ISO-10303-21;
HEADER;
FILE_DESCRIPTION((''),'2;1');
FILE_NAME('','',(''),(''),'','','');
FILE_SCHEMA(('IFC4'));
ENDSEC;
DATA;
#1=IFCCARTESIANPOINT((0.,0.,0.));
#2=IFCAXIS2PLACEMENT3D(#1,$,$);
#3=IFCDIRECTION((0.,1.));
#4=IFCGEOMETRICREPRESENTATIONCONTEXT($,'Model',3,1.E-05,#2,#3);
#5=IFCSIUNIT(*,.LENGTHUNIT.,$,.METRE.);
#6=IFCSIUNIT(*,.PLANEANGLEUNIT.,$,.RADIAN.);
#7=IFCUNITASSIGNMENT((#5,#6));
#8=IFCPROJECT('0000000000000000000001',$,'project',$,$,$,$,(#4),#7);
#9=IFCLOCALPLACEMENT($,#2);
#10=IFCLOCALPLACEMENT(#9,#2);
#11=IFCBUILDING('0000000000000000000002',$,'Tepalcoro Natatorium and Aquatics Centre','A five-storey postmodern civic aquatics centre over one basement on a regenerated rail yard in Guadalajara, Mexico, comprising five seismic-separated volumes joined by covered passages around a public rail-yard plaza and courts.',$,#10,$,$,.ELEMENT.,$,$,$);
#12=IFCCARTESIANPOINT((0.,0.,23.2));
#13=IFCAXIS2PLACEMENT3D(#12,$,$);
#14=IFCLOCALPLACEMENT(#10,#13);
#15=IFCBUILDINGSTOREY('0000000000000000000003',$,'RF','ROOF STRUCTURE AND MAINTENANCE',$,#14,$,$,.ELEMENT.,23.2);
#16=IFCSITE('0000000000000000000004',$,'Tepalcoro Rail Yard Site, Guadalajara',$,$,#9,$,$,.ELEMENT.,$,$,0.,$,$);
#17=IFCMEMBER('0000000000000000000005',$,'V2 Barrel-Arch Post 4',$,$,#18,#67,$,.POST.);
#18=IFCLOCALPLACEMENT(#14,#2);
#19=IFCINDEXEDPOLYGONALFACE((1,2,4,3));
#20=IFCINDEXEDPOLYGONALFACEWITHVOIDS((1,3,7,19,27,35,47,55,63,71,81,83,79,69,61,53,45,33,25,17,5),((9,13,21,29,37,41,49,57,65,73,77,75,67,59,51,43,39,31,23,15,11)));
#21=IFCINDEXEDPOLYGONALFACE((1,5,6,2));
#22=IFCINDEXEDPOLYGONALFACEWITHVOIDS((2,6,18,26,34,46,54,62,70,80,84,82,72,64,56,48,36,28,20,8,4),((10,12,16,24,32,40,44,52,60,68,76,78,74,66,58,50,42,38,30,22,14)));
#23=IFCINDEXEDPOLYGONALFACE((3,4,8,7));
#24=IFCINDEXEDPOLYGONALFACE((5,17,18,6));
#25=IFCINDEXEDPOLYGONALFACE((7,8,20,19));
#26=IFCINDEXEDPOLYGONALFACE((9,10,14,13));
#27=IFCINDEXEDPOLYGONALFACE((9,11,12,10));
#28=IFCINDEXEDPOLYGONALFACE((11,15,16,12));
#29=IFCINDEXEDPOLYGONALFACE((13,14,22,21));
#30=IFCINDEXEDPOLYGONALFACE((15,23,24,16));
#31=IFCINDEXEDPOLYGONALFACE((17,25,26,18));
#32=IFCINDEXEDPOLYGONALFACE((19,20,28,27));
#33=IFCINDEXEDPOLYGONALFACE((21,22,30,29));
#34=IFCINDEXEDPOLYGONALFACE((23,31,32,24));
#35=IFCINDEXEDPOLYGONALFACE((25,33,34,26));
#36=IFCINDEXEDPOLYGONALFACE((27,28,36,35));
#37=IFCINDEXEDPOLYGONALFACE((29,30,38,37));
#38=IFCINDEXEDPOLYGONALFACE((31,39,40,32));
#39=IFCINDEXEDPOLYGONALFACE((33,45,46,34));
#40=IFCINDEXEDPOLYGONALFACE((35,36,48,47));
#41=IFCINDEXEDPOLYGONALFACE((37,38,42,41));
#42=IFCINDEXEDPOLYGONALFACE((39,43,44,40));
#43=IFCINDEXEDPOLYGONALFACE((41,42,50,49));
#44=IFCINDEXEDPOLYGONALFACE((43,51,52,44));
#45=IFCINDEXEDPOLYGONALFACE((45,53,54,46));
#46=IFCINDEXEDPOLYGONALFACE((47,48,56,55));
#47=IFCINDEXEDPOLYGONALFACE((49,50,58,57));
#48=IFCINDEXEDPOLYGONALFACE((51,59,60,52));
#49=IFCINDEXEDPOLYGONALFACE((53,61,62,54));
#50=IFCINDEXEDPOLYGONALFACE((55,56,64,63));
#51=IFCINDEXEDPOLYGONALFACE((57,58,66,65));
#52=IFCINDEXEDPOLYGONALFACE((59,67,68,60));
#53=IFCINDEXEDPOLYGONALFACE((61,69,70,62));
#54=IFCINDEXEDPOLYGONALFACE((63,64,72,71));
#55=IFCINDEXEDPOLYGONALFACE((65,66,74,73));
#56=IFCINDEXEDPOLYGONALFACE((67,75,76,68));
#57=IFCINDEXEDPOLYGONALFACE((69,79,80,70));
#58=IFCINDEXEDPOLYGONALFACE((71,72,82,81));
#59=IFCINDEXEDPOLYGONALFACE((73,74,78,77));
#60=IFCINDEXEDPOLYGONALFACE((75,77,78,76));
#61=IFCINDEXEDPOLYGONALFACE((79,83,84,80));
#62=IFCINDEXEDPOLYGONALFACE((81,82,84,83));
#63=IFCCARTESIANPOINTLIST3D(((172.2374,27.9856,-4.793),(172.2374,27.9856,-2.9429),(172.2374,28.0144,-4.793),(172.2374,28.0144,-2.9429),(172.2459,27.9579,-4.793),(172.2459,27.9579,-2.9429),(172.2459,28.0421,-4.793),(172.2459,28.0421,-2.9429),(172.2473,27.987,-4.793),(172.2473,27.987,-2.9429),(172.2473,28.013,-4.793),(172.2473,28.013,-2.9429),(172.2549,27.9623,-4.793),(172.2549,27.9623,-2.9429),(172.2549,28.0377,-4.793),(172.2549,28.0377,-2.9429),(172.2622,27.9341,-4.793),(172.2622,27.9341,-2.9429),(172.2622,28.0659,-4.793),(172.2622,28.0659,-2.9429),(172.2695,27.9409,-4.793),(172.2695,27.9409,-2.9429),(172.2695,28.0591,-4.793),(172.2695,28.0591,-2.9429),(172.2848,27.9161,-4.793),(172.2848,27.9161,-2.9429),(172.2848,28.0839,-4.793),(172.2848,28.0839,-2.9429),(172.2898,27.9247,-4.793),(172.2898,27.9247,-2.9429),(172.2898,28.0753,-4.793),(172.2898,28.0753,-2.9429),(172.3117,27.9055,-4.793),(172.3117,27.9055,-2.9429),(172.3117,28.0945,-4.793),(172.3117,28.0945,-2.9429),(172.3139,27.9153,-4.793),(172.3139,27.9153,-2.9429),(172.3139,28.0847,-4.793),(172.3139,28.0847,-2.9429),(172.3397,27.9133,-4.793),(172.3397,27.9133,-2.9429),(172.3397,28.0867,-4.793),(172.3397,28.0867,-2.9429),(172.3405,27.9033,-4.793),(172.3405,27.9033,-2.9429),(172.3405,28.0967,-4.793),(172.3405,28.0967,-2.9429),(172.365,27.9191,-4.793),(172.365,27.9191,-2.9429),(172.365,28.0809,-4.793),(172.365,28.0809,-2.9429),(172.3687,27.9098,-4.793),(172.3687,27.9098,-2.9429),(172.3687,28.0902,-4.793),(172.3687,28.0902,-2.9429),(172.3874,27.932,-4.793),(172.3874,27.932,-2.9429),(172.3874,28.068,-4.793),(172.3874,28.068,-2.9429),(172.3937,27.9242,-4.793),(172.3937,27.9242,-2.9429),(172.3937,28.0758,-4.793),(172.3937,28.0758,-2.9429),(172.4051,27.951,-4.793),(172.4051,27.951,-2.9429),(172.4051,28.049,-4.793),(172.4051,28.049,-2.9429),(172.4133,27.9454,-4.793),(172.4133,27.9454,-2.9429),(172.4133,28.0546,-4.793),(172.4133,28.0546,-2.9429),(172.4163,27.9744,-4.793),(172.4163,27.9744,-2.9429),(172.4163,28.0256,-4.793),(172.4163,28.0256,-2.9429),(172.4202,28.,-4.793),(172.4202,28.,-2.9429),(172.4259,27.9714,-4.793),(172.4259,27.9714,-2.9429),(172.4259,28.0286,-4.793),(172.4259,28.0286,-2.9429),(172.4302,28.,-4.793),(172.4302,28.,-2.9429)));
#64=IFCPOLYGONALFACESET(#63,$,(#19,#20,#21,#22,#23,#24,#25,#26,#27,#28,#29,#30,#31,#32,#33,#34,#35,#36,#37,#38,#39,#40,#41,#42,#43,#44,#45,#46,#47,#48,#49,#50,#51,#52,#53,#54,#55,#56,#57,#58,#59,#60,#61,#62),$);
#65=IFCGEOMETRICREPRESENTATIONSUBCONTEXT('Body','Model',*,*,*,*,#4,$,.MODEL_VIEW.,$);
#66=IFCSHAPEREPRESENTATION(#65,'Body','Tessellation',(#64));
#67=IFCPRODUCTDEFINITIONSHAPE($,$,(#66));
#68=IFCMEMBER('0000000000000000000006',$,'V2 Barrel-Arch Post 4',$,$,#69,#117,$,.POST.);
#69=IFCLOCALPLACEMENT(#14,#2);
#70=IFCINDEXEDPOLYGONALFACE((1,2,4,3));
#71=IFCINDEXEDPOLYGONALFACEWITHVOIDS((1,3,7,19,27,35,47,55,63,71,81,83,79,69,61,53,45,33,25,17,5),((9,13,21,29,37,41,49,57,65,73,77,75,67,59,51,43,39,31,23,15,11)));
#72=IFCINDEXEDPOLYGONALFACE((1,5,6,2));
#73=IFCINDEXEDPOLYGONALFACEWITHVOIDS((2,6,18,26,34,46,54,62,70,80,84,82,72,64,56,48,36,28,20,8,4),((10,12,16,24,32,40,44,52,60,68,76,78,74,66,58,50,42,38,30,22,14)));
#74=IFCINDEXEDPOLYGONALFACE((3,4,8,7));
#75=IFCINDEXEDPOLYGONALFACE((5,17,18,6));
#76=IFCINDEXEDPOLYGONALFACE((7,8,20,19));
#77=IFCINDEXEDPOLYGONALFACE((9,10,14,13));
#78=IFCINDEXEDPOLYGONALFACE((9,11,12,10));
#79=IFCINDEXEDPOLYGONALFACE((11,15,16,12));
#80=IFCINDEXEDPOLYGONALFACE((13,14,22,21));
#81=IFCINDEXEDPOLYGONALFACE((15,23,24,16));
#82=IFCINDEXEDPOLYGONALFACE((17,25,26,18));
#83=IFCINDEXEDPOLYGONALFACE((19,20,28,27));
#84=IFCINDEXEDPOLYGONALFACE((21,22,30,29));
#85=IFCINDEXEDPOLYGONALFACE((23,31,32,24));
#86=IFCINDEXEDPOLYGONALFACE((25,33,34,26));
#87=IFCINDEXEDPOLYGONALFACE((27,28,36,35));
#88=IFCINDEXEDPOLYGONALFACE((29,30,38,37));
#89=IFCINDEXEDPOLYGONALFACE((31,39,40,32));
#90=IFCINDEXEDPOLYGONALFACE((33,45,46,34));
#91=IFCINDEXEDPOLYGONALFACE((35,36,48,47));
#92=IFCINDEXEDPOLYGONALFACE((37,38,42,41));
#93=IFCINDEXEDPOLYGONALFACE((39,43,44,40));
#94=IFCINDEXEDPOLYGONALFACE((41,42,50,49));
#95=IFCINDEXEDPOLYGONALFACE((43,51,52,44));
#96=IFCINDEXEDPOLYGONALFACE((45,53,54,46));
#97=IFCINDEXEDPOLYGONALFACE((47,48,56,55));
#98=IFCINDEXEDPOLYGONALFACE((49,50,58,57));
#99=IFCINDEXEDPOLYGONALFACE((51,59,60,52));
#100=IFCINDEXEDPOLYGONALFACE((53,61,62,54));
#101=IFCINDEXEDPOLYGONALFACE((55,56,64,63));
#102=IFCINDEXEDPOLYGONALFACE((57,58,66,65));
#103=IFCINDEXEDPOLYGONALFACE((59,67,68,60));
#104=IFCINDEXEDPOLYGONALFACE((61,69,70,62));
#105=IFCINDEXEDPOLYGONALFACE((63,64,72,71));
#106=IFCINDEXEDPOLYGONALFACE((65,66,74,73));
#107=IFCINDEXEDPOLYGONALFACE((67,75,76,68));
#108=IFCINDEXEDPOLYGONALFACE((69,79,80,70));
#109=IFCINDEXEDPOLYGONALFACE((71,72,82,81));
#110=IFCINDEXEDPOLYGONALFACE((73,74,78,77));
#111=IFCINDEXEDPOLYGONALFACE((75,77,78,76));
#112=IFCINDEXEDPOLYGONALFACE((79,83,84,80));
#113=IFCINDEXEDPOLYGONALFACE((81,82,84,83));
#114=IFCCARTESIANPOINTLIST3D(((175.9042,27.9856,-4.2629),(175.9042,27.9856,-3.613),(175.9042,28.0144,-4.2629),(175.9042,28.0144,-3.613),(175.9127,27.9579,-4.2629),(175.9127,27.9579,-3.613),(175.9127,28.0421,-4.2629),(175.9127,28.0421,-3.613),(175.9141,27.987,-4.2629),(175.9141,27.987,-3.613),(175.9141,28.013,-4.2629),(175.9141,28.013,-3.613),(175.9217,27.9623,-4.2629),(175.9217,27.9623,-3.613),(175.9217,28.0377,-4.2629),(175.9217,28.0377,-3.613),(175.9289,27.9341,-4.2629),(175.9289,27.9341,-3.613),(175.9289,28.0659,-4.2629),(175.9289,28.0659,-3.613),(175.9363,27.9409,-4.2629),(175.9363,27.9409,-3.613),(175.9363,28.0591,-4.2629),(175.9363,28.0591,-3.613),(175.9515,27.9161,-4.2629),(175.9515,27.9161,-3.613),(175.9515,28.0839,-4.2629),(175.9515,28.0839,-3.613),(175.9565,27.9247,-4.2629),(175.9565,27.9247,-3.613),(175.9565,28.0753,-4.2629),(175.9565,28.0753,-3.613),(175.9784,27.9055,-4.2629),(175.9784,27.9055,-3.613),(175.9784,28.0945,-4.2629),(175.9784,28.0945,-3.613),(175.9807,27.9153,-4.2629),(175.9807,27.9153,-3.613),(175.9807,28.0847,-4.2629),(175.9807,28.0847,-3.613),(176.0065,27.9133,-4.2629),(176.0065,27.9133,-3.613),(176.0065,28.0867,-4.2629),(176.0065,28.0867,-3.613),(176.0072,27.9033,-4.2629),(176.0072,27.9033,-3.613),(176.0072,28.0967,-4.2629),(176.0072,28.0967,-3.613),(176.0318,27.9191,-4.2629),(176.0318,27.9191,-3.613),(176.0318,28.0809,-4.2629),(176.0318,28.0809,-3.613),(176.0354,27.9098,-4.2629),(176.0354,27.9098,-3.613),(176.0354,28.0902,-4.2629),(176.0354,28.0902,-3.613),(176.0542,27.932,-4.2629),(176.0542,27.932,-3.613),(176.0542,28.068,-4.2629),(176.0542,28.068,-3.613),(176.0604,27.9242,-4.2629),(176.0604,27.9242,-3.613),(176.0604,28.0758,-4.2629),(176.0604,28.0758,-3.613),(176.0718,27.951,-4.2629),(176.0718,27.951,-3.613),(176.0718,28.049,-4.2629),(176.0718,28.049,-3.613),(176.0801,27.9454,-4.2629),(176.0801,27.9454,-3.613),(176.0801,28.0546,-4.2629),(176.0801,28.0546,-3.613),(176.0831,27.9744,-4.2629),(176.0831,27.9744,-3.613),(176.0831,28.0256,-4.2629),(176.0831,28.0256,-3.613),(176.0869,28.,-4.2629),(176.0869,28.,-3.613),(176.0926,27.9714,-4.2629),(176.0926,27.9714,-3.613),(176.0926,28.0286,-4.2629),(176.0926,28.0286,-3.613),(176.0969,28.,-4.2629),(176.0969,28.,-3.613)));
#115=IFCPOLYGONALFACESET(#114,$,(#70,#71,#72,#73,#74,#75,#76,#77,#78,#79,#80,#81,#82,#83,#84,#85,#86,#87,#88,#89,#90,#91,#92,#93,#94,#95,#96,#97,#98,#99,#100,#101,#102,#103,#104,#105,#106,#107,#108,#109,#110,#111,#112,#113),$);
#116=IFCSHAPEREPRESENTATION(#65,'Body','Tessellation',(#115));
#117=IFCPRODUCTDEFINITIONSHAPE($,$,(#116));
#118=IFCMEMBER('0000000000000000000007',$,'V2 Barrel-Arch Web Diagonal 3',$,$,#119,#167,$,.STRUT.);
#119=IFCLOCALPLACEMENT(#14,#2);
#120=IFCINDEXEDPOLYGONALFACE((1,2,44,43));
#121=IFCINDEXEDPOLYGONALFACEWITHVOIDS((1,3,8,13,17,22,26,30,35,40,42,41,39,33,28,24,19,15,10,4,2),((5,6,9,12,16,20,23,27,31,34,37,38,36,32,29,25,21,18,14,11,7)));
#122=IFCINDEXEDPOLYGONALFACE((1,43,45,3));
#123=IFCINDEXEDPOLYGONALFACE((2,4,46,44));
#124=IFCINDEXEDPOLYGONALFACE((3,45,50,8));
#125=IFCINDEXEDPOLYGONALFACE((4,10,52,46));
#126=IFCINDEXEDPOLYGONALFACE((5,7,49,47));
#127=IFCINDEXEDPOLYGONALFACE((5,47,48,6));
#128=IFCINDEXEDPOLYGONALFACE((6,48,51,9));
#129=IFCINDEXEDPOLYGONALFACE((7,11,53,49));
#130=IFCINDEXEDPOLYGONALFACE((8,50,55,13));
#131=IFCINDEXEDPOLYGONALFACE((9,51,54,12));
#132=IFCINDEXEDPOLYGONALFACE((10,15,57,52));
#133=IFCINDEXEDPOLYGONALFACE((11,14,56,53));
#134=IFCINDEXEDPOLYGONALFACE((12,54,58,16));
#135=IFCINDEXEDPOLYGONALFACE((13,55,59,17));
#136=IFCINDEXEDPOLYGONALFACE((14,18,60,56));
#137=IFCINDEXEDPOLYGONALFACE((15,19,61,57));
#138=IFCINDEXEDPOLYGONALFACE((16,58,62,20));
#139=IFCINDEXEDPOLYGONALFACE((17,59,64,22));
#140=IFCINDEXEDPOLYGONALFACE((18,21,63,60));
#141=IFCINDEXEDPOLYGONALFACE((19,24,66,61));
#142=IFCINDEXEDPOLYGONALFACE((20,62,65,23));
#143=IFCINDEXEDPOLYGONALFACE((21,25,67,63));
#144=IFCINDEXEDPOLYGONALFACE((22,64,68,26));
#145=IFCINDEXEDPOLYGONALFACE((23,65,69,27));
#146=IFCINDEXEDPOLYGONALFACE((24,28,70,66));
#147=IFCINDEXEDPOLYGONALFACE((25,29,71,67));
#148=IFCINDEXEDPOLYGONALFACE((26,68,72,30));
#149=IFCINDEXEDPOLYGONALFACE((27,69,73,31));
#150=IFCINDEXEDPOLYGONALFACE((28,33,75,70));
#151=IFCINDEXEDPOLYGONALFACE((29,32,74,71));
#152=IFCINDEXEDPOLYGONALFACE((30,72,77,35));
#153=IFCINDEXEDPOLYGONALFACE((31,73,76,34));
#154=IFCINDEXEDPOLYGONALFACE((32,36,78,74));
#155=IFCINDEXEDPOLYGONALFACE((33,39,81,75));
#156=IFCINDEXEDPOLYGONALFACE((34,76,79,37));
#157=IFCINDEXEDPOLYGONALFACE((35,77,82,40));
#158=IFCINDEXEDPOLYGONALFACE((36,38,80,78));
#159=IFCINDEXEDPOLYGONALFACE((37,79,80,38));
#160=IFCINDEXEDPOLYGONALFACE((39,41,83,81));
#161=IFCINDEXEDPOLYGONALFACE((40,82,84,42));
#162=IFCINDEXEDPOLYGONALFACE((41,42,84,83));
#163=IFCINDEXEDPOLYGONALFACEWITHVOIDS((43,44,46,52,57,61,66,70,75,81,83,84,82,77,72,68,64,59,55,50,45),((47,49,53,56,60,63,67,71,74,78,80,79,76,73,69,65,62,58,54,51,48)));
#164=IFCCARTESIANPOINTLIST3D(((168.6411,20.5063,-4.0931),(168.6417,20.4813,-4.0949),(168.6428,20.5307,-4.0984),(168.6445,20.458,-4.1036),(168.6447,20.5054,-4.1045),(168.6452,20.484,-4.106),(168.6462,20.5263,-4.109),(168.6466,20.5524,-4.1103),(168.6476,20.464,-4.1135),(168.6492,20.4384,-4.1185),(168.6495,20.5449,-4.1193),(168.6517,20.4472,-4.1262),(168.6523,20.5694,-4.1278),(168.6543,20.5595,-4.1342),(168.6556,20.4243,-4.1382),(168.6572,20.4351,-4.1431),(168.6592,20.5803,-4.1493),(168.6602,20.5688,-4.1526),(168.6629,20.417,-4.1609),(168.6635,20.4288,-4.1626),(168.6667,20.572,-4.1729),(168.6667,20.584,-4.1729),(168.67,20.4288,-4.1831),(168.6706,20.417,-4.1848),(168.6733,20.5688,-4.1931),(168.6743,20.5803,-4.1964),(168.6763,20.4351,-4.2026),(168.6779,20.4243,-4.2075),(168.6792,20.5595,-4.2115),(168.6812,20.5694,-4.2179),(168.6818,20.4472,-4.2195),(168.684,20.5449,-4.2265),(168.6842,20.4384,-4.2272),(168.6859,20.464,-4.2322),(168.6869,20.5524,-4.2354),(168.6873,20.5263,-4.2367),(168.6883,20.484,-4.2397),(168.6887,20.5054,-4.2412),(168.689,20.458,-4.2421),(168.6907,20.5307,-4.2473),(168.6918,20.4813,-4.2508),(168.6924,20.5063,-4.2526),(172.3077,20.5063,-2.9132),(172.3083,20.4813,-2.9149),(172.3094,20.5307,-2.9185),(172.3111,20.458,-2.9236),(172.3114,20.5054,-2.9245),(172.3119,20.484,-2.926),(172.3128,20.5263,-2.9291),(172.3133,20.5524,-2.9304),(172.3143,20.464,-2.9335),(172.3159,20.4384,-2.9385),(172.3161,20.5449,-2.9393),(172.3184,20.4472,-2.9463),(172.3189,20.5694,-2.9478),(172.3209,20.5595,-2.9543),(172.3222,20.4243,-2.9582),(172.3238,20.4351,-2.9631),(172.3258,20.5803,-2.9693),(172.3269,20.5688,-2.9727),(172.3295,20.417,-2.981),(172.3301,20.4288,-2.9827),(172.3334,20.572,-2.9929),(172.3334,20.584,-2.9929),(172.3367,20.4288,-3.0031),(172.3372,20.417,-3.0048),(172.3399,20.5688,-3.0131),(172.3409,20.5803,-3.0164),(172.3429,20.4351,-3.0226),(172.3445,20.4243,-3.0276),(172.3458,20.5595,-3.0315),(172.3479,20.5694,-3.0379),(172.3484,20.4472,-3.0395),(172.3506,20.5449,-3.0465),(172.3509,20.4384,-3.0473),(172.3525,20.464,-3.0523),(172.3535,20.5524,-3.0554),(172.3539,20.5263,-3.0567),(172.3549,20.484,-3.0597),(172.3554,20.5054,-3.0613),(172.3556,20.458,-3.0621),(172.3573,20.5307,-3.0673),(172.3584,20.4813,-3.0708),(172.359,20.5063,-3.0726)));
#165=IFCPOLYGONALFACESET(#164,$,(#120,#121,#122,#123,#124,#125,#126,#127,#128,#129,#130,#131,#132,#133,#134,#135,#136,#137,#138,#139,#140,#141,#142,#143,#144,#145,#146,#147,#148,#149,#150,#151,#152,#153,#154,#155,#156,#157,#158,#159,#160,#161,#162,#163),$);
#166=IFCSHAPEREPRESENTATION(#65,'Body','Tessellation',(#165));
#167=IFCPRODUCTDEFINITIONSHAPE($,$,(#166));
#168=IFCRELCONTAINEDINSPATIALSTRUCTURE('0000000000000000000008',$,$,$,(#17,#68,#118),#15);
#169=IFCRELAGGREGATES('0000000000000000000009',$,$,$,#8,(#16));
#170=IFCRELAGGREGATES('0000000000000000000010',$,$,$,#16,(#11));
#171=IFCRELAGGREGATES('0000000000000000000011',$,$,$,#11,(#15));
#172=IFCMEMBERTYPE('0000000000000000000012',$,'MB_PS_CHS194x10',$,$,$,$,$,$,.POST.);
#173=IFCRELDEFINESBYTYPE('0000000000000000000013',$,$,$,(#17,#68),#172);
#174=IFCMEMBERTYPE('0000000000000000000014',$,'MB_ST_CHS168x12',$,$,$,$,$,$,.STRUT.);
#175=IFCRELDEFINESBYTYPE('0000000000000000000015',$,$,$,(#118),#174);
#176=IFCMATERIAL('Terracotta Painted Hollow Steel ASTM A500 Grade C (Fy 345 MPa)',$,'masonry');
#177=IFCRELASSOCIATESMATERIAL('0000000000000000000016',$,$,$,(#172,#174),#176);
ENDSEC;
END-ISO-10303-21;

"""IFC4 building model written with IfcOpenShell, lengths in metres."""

from ifc_helpers import new_model, si_unit, direction, frame, origin, origin_2d, place, context, subcontext, project, spatial, hollow_circle, extrude, material, material_profile, profile_set, type_object, element, save


model = new_model("IFC4")

# Units and contexts
model_context = context("Model", 3, precision=1e-05, world=origin(), true_north=direction((0.0, 1.0)))
body_context = subcontext(model_context, "Body", "Model", "MODEL_VIEW")
ifc_project = project(units=[si_unit("LENGTHUNIT", "METRE"), si_unit("PLANEANGLEUNIT", "RADIAN")], contexts=[model_context])

# Site, building, storey
site_placement = place(None, origin())
site = spatial("IfcSite", under=ifc_project, at=site_placement, Name="Tepalcoro Rail Yard Site, Guadalajara", CompositionType="ELEMENT", RefElevation=0.0)
building_placement = place(site_placement, origin())
building = spatial("IfcBuilding", under=site, at=building_placement, Name="Tepalcoro Natatorium and Aquatics Centre", Description="A five-storey postmodern civic aquatics centre over one basement on a regenerated rail yard in Guadalajara, Mexico, comprising five seismic-separated volumes joined by covered passages around a public rail-yard plaza and courts.", CompositionType="ELEMENT")
storey_placement = place(building_placement, frame((0.0, 0.0, 23.2)))
storey = spatial("IfcBuildingStorey", under=building, at=storey_placement, Name="RF", Description="ROOF STRUCTURE AND MAINTENANCE", CompositionType="ELEMENT", Elevation=23.2)

# Shared definitions
ifc_material_1 = material(Name="Terracotta Painted Hollow Steel ASTM A500 Grade C (Fy 345 MPa)", Category="masonry")

# Members
ifc_material_profile_1 = material_profile(ifc_material_1, hollow_circle(Radius=0.0969, WallThickness=0.01, at=origin_2d()), Name="CHS194X10")
ifc_profile_set_1 = profile_set([ifc_material_profile_1], Name="Terracotta Painted Hollow Steel ASTM A500 Grade C (Fy 345 MPa)")
member_type_1 = type_object("IfcMemberType", Name="MB_PS_CHS194x10", PredefinedType="POST", material=ifc_profile_set_1)
for number, where, z_axis, x_axis, name in (
    (1, (172.3333, 28.0, -4.793), (0.0, 0.0, 1.0), (1.0, 0.0, 0.0), "V2 Barrel-Arch Post 4"),
):
    element("IfcMember", number, at=place(storey_placement, frame(where, z_axis=z_axis, x_axis=x_axis)), inside=storey, type_object=member_type_1, Name=name, PredefinedType="POST", context=body_context, shape_type="SweptSolid", body=[
        extrude(hollow_circle(Radius=0.0969, WallThickness=0.01, at=origin_2d()), origin(), (0.0, 0.0, 1.0), 1.8501),
    ])
member_1_placement = place(storey_placement, frame((176.0, 28.0, -4.2629), z_axis=(0.0, 0.0, 1.0), x_axis=(1.0, 0.0, 0.0)))
element("IfcMember", 2, at=member_1_placement, inside=storey, type_object=member_type_1, Name="V2 Barrel-Arch Post 4", PredefinedType="POST", context=body_context, shape_type="SweptSolid", body=[
    extrude(hollow_circle(Radius=0.0969, WallThickness=0.01, at=origin_2d()), origin(), (0.0, 0.0, 1.0), 0.6499),
])
ifc_material_profile_2 = material_profile(ifc_material_1, hollow_circle(Radius=0.084, WallThickness=0.012, at=origin_2d()), Name="CHS168X12")
ifc_profile_set_2 = profile_set([ifc_material_profile_2], Name="Terracotta Painted Hollow Steel ASTM A500 Grade C (Fy 345 MPa)")
member_type_2 = type_object("IfcMemberType", Name="MB_ST_CHS168x12", PredefinedType="STRUT", material=ifc_profile_set_2)
member_2_placement = place(storey_placement, frame((168.6667, 20.5, -4.1729), z_axis=(0.951922, 0.0, 0.306342), x_axis=(0.0, 1.0, 0.0)))
element("IfcMember", 3, at=member_2_placement, inside=storey, type_object=member_type_2, Name="V2 Barrel-Arch Web Diagonal 3", PredefinedType="STRUT", context=body_context, shape_type="SweptSolid", body=[
    extrude(hollow_circle(Radius=0.084, WallThickness=0.012, at=origin_2d()), origin(), (0.0, 0.0, 1.0), 3.8518),
])

save(model, "model.ifc")
